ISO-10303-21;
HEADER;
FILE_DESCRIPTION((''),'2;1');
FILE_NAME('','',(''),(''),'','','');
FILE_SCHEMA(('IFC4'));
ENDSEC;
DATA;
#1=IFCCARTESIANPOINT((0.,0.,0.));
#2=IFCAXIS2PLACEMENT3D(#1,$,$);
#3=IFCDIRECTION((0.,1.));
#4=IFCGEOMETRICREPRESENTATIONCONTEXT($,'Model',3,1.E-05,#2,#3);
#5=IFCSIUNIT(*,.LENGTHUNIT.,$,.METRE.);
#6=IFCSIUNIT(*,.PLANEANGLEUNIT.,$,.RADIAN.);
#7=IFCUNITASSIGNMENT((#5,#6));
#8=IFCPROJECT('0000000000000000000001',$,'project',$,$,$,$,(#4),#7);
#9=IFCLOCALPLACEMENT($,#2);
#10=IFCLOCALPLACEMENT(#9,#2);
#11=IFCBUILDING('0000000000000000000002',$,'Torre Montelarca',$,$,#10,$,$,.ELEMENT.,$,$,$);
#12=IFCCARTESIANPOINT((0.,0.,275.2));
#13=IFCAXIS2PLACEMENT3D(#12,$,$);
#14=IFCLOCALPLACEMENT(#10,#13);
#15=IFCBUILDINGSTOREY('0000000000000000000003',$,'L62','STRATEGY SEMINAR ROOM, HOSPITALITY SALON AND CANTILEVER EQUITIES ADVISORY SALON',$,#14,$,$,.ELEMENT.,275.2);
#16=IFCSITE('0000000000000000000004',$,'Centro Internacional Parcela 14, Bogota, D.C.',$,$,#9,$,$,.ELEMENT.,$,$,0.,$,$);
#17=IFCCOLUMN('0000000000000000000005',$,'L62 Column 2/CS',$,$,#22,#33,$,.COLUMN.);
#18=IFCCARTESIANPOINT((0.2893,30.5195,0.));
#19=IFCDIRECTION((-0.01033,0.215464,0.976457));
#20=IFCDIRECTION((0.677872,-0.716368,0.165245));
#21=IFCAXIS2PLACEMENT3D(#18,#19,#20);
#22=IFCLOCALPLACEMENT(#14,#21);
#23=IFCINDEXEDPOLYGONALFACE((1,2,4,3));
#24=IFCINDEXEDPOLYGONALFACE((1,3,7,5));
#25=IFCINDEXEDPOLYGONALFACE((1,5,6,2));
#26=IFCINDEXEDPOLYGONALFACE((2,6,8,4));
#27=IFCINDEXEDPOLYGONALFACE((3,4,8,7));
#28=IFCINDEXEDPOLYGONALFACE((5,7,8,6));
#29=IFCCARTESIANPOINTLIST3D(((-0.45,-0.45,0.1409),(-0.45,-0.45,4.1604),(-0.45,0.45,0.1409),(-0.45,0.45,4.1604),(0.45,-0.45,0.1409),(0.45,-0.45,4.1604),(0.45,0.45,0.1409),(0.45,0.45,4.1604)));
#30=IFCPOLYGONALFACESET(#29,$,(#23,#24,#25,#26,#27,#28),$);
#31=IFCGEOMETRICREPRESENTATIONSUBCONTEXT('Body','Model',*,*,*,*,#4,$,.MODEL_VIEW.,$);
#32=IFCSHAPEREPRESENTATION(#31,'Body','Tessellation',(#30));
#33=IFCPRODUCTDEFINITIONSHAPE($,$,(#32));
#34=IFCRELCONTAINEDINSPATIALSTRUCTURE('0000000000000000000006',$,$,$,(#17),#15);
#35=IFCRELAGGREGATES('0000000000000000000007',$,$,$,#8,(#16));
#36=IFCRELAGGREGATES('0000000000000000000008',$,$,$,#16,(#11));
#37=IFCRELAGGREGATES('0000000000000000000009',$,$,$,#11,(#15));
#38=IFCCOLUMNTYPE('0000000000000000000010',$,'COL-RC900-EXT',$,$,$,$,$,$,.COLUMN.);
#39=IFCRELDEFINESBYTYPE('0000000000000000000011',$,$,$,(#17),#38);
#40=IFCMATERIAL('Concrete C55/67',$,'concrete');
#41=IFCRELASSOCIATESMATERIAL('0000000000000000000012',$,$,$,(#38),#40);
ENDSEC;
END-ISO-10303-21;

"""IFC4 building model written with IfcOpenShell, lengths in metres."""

from ifc_helpers import new_model, si_unit, direction, frame, origin, origin_2d, place, context, subcontext, project, spatial, rectangle, extrude, clip, halfspace, material, material_profile, profile_set, type_object, element, save


model = new_model("IFC4")

# Units and contexts
model_context = context("Model", 3, precision=1e-05, world=origin(), true_north=direction((0.0, 1.0)))
body_context = subcontext(model_context, "Body", "Model", "MODEL_VIEW")
ifc_project = project(units=[si_unit("LENGTHUNIT", "METRE"), si_unit("PLANEANGLEUNIT", "RADIAN")], contexts=[model_context])

# Site, building, storey
site_placement = place(None, origin())
site = spatial("IfcSite", under=ifc_project, at=site_placement, Name="Centro Internacional Parcela 14, Bogota, D.C.", CompositionType="ELEMENT", RefElevation=0.0)
building_placement = place(site_placement, origin())
building = spatial("IfcBuilding", under=site, at=building_placement, Name="Torre Montelarca", CompositionType="ELEMENT")
storey_placement = place(building_placement, frame((0.0, 0.0, 275.2)))
storey = spatial("IfcBuildingStorey", under=building, at=storey_placement, Name="L62", Description="STRATEGY SEMINAR ROOM, HOSPITALITY SALON AND CANTILEVER EQUITIES ADVISORY SALON", CompositionType="ELEMENT", Elevation=275.2)

# Column
ifc_material_1 = material(Name="Concrete C55/67", Category="concrete")
ifc_material_profile_1 = material_profile(ifc_material_1, rectangle(XDim=0.8999, YDim=0.8999, at=origin_2d()), Name="RC900X900", Category="concrete")
ifc_profile_set_1 = profile_set([ifc_material_profile_1], Name="Concrete C55/67")
column_type = type_object("IfcColumnType", Name="COL-RC900-EXT", PredefinedType="COLUMN", material=ifc_profile_set_1)
column_placement = place(storey_placement, frame((0.2893, 30.5195, 0.0), z_axis=(-0.01033, 0.215464, 0.976457), x_axis=(0.677872, -0.716368, 0.165245)))
element("IfcColumn", 1, at=column_placement, inside=storey, type_object=column_type, Name="L62 Column 2/CS", PredefinedType="COLUMN", context=body_context, shape_type="Clipping", body=[
    clip(clip(extrude(rectangle(XDim=0.8999, YDim=0.8999, at=origin_2d()), origin(), (0.0, 0.0, 1.0), 4.3013), halfspace(frame((0.0, 0.0, 0.1409), z_axis=(0.0, 0.0, -1.0), x_axis=(1.0, 0.0, 0.0)), False)), halfspace(frame((0.0, 0.0, 4.1604), z_axis=(0.0, 0.0, 1.0), x_axis=(1.0, 0.0, 0.0)), False)),
])

save(model, "model.ifc")
